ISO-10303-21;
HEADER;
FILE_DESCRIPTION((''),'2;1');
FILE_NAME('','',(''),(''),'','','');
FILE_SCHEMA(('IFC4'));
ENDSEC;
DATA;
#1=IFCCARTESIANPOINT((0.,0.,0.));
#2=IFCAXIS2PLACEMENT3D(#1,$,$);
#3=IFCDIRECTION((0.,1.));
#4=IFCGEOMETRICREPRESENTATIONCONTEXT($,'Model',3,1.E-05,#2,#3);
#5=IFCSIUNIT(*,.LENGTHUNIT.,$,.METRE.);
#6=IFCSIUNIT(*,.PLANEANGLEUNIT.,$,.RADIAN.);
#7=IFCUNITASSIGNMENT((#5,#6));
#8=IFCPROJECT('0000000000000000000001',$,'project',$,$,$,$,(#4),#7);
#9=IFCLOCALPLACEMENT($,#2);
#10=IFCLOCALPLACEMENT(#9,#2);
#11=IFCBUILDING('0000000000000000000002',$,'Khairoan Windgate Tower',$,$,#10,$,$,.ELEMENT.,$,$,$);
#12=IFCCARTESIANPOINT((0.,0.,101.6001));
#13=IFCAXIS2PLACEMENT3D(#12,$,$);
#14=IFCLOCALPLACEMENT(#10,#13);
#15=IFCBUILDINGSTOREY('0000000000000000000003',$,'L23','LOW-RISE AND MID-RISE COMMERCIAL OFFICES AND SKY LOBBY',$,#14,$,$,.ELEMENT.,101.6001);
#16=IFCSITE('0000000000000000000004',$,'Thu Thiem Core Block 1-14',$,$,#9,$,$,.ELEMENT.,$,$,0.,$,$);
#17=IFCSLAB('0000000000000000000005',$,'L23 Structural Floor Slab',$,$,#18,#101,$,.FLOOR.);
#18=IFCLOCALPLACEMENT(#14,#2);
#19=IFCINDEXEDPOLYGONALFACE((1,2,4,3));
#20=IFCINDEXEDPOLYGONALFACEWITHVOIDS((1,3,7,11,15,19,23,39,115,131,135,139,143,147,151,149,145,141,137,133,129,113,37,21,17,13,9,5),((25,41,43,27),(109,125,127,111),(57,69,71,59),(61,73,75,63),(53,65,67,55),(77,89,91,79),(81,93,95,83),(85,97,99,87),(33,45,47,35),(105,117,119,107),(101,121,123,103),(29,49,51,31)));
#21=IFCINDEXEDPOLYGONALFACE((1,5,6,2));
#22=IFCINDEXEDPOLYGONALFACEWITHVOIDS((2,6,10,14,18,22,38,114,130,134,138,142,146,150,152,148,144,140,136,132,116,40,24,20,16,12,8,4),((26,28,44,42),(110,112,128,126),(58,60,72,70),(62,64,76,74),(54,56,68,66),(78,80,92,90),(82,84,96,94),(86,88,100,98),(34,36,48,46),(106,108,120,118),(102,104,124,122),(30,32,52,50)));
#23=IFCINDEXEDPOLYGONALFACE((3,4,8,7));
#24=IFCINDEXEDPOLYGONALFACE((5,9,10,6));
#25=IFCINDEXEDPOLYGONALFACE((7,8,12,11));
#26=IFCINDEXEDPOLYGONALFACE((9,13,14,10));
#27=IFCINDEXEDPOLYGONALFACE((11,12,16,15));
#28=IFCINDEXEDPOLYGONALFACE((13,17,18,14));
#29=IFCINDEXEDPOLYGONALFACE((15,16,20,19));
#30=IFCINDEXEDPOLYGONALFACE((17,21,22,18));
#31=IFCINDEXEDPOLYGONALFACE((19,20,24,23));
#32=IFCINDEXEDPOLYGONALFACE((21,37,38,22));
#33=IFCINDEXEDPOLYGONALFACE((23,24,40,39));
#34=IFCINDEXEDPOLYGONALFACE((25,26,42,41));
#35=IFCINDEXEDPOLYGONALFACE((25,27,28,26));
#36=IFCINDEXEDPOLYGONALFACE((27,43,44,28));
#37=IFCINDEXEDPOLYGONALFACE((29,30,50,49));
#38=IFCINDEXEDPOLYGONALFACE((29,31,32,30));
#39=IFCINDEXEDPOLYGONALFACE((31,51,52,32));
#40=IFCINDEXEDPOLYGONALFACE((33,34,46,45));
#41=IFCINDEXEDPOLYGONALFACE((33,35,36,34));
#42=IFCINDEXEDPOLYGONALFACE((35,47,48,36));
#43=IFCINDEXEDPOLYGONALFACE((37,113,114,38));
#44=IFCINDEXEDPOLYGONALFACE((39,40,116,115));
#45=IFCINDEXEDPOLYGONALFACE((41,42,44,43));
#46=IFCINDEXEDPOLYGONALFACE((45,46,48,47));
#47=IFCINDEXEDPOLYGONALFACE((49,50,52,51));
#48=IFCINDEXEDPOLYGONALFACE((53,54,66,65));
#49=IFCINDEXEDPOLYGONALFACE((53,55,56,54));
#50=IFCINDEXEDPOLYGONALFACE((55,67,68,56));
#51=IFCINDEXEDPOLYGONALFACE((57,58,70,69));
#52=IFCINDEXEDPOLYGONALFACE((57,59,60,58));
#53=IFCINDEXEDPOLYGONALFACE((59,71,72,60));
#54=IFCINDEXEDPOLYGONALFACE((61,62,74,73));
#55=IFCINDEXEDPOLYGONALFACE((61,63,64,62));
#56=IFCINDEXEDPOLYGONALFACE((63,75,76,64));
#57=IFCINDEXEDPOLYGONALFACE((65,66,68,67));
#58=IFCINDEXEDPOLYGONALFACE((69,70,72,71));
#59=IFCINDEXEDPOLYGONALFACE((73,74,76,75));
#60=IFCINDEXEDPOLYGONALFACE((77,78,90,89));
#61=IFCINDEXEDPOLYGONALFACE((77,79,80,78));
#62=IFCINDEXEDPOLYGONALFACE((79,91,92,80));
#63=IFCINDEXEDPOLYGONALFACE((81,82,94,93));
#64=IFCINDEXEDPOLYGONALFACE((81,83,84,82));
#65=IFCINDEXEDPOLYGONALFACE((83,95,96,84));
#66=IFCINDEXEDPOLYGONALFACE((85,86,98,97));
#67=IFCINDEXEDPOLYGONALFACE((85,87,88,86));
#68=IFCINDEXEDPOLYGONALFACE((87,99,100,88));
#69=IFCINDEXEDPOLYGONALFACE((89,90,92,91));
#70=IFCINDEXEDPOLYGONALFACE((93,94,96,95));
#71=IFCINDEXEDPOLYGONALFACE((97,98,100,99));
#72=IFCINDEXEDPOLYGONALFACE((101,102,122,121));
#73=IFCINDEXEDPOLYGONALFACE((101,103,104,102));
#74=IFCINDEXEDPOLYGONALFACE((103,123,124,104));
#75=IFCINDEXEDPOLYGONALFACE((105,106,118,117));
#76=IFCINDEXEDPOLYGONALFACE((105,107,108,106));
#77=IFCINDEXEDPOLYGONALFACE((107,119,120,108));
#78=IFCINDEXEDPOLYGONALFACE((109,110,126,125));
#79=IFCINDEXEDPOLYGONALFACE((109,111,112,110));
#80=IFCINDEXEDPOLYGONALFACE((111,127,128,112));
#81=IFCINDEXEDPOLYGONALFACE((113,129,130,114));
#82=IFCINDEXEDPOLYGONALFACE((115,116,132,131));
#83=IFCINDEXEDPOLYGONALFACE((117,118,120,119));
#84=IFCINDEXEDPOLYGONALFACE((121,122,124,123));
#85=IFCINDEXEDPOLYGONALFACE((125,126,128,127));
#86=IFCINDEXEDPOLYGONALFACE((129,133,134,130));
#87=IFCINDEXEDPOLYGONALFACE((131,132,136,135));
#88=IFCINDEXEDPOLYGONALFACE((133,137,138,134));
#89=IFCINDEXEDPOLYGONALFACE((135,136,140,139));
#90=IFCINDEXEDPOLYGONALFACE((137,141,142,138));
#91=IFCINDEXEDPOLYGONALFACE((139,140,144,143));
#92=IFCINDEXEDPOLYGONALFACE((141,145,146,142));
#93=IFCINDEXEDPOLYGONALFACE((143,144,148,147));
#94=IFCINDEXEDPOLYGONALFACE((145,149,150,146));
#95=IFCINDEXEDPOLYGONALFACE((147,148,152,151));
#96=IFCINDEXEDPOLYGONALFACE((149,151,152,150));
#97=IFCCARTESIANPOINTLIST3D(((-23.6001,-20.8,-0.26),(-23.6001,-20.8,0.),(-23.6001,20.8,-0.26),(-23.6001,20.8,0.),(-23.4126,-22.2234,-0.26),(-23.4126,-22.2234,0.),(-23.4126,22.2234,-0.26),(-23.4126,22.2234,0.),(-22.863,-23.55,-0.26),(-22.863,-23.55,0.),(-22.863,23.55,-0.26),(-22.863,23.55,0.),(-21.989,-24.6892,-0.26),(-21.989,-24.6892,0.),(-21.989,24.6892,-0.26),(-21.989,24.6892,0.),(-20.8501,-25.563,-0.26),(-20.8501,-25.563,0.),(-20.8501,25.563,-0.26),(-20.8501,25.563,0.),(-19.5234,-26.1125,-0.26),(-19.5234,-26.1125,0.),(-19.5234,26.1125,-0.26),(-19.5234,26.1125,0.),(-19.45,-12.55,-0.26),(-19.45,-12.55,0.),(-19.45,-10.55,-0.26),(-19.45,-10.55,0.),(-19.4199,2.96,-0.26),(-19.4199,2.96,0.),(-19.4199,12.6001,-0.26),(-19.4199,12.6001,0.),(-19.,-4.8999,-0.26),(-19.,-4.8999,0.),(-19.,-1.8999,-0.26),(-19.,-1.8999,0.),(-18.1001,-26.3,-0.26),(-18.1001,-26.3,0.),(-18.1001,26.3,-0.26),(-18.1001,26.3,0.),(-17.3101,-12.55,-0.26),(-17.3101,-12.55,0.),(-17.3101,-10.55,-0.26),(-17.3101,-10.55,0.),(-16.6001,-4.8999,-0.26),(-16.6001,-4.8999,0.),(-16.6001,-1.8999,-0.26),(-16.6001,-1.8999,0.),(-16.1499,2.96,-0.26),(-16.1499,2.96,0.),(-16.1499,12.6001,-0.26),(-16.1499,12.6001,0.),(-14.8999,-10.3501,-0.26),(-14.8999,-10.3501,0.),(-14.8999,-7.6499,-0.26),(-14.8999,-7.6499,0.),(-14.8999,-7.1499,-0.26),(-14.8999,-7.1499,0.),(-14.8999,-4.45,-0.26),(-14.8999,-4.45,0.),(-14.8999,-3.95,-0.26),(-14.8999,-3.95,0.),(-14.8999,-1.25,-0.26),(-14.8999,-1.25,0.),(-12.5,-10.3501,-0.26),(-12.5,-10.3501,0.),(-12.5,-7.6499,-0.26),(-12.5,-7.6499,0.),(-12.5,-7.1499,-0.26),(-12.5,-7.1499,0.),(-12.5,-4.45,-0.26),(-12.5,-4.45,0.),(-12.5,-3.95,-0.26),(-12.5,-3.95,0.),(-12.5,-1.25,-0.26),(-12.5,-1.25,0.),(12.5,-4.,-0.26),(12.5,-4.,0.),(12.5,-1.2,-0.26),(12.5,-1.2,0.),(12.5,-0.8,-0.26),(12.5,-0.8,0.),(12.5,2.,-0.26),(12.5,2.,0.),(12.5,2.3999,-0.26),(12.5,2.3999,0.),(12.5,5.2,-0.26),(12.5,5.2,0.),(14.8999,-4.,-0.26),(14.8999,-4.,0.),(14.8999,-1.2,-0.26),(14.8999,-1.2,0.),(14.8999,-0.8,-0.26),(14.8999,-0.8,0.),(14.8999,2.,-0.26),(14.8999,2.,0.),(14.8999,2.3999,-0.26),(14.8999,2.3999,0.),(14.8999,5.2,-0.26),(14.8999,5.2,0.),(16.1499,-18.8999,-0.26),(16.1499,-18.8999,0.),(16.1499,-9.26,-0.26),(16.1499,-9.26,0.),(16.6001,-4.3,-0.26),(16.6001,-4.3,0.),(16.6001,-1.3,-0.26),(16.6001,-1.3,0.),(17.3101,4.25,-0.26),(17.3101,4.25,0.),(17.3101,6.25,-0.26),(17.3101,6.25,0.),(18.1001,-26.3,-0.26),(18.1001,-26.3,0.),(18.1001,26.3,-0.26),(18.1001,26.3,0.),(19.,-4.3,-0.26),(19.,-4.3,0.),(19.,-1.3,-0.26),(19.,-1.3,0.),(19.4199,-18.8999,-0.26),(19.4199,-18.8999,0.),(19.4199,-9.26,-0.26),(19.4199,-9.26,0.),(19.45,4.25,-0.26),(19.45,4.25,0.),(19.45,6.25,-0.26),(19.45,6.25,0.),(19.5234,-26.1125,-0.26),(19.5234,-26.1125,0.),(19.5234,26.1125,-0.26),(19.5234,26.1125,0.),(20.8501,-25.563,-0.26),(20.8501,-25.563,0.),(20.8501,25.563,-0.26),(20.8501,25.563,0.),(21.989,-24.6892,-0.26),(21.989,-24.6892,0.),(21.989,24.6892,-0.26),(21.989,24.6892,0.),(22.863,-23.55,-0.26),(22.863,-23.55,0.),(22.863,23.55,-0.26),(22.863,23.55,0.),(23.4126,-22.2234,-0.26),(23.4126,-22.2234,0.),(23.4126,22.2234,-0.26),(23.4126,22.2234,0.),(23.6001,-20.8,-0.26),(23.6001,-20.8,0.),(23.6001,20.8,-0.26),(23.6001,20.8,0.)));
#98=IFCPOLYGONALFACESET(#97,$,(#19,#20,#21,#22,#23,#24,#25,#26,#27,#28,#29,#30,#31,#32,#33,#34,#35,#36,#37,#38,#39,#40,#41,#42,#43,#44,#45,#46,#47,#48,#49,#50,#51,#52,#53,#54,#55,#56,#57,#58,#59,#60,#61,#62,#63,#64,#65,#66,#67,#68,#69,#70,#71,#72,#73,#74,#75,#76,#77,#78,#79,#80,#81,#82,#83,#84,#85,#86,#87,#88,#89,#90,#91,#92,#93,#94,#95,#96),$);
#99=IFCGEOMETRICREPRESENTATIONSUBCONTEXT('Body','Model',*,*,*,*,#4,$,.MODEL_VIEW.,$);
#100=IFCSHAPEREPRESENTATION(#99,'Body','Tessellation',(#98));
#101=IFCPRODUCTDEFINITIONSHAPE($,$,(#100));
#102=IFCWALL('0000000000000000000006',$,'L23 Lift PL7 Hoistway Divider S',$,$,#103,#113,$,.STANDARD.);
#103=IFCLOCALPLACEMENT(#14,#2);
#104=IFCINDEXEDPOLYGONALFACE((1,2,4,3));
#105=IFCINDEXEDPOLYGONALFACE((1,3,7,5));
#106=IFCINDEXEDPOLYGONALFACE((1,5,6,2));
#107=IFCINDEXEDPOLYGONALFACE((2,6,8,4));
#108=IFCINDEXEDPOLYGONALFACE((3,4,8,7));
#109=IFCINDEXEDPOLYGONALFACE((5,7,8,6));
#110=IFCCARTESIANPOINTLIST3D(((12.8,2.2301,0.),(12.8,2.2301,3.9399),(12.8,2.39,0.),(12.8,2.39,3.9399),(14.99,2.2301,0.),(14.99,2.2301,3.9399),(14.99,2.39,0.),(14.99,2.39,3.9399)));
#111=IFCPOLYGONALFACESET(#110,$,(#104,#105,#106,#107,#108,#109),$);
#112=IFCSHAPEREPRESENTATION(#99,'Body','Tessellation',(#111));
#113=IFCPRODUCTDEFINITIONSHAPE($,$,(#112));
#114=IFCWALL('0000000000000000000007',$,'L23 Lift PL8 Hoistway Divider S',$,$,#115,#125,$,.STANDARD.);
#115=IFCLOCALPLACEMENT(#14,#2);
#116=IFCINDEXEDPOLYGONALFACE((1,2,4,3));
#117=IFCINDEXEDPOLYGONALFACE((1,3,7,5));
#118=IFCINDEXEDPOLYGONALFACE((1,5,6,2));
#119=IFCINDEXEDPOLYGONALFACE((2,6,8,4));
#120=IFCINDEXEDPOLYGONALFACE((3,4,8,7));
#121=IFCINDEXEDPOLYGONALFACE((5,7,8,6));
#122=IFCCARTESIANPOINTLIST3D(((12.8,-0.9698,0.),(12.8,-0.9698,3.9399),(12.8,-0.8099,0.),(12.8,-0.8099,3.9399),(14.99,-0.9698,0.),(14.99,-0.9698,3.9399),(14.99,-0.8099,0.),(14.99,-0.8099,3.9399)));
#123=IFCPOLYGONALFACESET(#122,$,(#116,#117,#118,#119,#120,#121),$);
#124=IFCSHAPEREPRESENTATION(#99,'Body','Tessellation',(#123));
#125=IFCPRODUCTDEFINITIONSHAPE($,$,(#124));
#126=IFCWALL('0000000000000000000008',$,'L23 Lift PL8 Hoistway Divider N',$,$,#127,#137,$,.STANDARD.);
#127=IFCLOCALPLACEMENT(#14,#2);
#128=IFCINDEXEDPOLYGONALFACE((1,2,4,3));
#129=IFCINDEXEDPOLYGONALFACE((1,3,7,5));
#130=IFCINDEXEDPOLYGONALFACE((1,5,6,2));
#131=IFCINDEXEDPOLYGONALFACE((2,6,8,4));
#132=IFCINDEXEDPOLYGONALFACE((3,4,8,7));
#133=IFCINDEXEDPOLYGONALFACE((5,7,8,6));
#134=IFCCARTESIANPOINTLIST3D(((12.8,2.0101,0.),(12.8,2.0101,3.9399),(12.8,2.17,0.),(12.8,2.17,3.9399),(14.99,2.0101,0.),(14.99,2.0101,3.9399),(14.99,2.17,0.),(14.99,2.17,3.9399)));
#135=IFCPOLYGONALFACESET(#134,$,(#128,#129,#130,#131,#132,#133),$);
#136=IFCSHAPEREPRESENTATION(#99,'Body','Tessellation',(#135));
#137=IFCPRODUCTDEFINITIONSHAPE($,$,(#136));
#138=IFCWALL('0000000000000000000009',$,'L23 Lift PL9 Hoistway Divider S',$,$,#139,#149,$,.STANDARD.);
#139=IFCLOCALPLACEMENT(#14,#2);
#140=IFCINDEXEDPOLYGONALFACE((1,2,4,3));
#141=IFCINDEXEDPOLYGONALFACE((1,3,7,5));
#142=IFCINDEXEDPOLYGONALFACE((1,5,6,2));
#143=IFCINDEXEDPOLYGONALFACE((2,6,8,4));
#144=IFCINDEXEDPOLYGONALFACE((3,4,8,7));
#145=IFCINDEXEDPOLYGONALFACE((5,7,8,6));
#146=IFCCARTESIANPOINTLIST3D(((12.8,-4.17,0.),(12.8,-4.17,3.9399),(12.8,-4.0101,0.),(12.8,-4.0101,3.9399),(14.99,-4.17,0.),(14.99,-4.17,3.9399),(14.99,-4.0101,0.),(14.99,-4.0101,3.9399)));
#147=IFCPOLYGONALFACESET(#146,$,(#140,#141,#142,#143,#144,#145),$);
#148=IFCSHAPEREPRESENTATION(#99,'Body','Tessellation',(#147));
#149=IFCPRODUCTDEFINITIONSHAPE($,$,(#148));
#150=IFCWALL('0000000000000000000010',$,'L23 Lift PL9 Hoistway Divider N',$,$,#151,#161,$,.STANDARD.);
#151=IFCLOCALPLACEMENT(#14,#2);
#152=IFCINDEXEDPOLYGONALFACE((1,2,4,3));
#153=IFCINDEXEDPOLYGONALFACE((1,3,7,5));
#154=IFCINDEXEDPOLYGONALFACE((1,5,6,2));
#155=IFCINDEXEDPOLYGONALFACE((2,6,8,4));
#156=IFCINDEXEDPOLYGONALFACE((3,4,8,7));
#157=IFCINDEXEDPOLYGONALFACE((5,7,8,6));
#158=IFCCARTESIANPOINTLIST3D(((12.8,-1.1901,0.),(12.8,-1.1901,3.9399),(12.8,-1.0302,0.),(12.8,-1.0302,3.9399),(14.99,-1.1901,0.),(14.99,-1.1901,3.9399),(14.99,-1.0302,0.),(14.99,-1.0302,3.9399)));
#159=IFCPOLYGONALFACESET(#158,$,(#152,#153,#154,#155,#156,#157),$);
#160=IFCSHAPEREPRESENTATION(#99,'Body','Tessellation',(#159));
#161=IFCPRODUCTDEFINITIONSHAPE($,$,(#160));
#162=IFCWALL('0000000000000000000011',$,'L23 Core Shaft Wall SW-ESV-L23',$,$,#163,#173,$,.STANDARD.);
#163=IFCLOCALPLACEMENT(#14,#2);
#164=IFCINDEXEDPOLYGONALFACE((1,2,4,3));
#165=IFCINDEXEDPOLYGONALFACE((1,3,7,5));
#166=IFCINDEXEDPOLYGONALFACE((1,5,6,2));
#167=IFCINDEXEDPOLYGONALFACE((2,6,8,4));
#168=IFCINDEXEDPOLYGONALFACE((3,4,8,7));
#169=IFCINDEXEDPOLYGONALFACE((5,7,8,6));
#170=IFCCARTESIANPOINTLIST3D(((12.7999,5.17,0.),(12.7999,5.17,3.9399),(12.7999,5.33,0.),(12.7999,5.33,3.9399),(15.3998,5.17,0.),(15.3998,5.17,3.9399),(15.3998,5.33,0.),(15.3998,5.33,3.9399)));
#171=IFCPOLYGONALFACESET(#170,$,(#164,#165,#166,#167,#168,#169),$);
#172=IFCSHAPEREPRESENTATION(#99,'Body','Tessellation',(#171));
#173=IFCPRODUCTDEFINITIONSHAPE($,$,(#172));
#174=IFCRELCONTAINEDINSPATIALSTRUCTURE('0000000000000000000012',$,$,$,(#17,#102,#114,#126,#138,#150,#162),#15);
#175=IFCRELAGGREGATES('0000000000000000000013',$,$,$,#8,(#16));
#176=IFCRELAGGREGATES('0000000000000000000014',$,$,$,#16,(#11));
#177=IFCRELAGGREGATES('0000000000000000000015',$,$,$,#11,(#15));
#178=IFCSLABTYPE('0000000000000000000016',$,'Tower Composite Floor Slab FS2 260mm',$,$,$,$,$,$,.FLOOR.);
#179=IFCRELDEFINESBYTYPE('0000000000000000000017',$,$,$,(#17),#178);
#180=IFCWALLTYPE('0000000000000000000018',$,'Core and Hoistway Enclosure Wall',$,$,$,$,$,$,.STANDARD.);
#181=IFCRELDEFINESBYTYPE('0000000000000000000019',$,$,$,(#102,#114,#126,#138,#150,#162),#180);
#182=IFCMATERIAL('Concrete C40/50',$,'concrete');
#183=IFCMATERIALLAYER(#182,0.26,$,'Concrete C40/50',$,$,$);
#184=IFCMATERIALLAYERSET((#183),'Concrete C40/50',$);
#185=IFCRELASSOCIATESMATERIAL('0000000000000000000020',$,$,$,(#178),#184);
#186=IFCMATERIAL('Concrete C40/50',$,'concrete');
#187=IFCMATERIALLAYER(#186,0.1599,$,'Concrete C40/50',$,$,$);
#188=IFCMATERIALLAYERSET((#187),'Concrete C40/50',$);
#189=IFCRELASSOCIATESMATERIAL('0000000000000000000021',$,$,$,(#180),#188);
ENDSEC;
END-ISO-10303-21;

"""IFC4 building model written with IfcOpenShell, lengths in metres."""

from ifc_helpers import new_model, si_unit, direction, frame, frame_2d, origin, place, context, subcontext, project, spatial, polyline, rectangle, outline, extrude, material, layer, layer_set, type_object, element, save


model = new_model("IFC4")

# Units and contexts
model_context = context("Model", 3, precision=1e-05, world=origin(), true_north=direction((0.0, 1.0)))
body_context = subcontext(model_context, "Body", "Model", "MODEL_VIEW")
ifc_project = project(units=[si_unit("LENGTHUNIT", "METRE"), si_unit("PLANEANGLEUNIT", "RADIAN")], contexts=[model_context])

# Site, building, storey
site_placement = place(None, origin())
site = spatial("IfcSite", under=ifc_project, at=site_placement, Name="Thu Thiem Core Block 1-14", CompositionType="ELEMENT", RefElevation=0.0)
building_placement = place(site_placement, origin())
building = spatial("IfcBuilding", under=site, at=building_placement, Name="Khairoan Windgate Tower", CompositionType="ELEMENT")
storey_placement = place(building_placement, frame((0.0, 0.0, 101.6001)))
storey = spatial("IfcBuildingStorey", under=building, at=storey_placement, Name="L23", Description="LOW-RISE AND MID-RISE COMMERCIAL OFFICES AND SKY LOBBY", CompositionType="ELEMENT", Elevation=101.6001)

# Slab
ifc_material_1 = material(Name="Concrete C40/50", Category="concrete")
ifc_layer_1 = layer(ifc_material_1, 0.26, Name="Concrete C40/50")
ifc_layer_set_1 = layer_set([ifc_layer_1], Name="Concrete C40/50")
slab_type_1 = type_object("IfcSlabType", Name="Tower Composite Floor Slab FS2 260mm", PredefinedType="FLOOR", material=ifc_layer_set_1)
slab_1_placement = place(storey_placement, frame((0.0, 0.0, -0.26)))
element("IfcSlab", 1, at=slab_1_placement, inside=storey, type_object=slab_type_1, Name="L23 Structural Floor Slab", PredefinedType="FLOOR", context=body_context, shape_type="SweptSolid", body=[
    extrude(outline(polyline([(18.1001, -26.3), (19.5234, -26.1125), (20.8501, -25.563), (21.989, -24.6892), (22.863, -23.55), (23.4126, -22.2234), (23.6001, -20.8), (23.6001, 20.8), (23.4126, 22.2234), (22.863, 23.55), (21.989, 24.6892), (20.8501, 25.563), (19.5234, 26.1125), (18.1001, 26.3), (-18.1001, 26.3), (-19.5234, 26.1125), (-20.8501, 25.563), (-21.989, 24.6892), (-22.863, 23.55), (-23.4126, 22.2234), (-23.6001, 20.8), (-23.6001, -20.8), (-23.4126, -22.2234), (-22.863, -23.55), (-21.989, -24.6892), (-20.8501, -25.563), (-19.5234, -26.1125), (-18.1001, -26.3), (18.1001, -26.3)]), holes=[polyline([(16.1499, -9.26), (16.1499, -18.8999), (19.4199, -18.8999), (19.4199, -9.26), (16.1499, -9.26)]), polyline([(-16.1499, 2.96), (-16.1499, 12.6001), (-19.4199, 12.6001), (-19.4199, 2.96), (-16.1499, 2.96)]), polyline([(-14.8999, -3.95), (-12.5, -3.95), (-12.5, -1.25), (-14.8999, -1.25), (-14.8999, -3.95)]), polyline([(-14.8999, -7.1499), (-12.5, -7.1499), (-12.5, -4.45), (-14.8999, -4.45), (-14.8999, -7.1499)]), polyline([(-14.8999, -10.3501), (-12.5, -10.3501), (-12.5, -7.6499), (-14.8999, -7.6499), (-14.8999, -10.3501)]), polyline([(12.5, 2.3999), (14.8999, 2.3999), (14.8999, 5.2), (12.5, 5.2), (12.5, 2.3999)]), polyline([(12.5, -0.8), (14.8999, -0.8), (14.8999, 2.0), (12.5, 2.0), (12.5, -0.8)]), polyline([(12.5, -4.0), (14.8999, -4.0), (14.8999, -1.2), (12.5, -1.2), (12.5, -4.0)]), polyline([(16.6001, -4.3), (19.0, -4.3), (19.0, -1.3), (16.6001, -1.3), (16.6001, -4.3)]), polyline([(-19.0, -4.8999), (-16.6001, -4.8999), (-16.6001, -1.8999), (-19.0, -1.8999), (-19.0, -4.8999)]), polyline([(-19.45, -12.55), (-17.3101, -12.55), (-17.3101, -10.55), (-19.45, -10.55), (-19.45, -12.55)]), polyline([(17.3101, 4.25), (19.45, 4.25), (19.45, 6.25), (17.3101, 6.25), (17.3101, 4.25)])]), origin(), (0.0, 0.0, 1.0), 0.26),
])

# Walls
ifc_material_2 = material(Name="Concrete C40/50", Category="concrete")
ifc_layer_2 = layer(ifc_material_2, 0.1599, Name="Concrete C40/50")
ifc_layer_set_2 = layer_set([ifc_layer_2], Name="Concrete C40/50")
wall_type_1 = type_object("IfcWallType", Name="Core and Hoistway Enclosure Wall", PredefinedType="STANDARD", material=ifc_layer_set_2)
for number, where, z_axis, x_axis, name in (
    (2, (12.8, 2.3101, 0.0), (0.0, 0.0, 1.0), (1.0, 0.0, 0.0), "L23 Lift PL7 Hoistway Divider S"),
    (3, (12.8, -0.8899, 0.0), (0.0, 0.0, 1.0), (1.0, 0.0, 0.0), "L23 Lift PL8 Hoistway Divider S"),
    (4, (12.8, 2.0901, 0.0), (0.0, 0.0, 1.0), (1.0, 0.0, 0.0), "L23 Lift PL8 Hoistway Divider N"),
    (5, (12.8, -4.0901, 0.0), (0.0, 0.0, 1.0), (1.0, 0.0, 0.0), "L23 Lift PL9 Hoistway Divider S"),
    (6, (12.8, -1.1101, 0.0), (0.0, 0.0, 1.0), (1.0, 0.0, 0.0), "L23 Lift PL9 Hoistway Divider N"),
):
    element("IfcWall", number, at=place(storey_placement, frame(where, z_axis=z_axis, x_axis=x_axis)), inside=storey, type_object=wall_type_1, Name=name, PredefinedType="STANDARD", context=body_context, shape_type="SweptSolid", body=[
        extrude(rectangle(XDim=2.1899, YDim=0.1599, at=frame_2d((1.095, 0.0))), origin(), (0.0, 0.0, 1.0), 3.9399),
    ])
wall_1_placement = place(storey_placement, frame((12.8, 5.25, 0.0), z_axis=(0.0, 0.0, 1.0), x_axis=(1.0, 0.0, 0.0)))
element("IfcWall", 7, at=wall_1_placement, inside=storey, type_object=wall_type_1, Name="L23 Core Shaft Wall SW-ESV-L23", PredefinedType="STANDARD", context=body_context, shape_type="SweptSolid", body=[
    extrude(rectangle(XDim=2.5999, YDim=0.1599, at=frame_2d((1.2998, 0.0))), origin(), (0.0, 0.0, 1.0), 3.9399),
])

save(model, "model.ifc")
